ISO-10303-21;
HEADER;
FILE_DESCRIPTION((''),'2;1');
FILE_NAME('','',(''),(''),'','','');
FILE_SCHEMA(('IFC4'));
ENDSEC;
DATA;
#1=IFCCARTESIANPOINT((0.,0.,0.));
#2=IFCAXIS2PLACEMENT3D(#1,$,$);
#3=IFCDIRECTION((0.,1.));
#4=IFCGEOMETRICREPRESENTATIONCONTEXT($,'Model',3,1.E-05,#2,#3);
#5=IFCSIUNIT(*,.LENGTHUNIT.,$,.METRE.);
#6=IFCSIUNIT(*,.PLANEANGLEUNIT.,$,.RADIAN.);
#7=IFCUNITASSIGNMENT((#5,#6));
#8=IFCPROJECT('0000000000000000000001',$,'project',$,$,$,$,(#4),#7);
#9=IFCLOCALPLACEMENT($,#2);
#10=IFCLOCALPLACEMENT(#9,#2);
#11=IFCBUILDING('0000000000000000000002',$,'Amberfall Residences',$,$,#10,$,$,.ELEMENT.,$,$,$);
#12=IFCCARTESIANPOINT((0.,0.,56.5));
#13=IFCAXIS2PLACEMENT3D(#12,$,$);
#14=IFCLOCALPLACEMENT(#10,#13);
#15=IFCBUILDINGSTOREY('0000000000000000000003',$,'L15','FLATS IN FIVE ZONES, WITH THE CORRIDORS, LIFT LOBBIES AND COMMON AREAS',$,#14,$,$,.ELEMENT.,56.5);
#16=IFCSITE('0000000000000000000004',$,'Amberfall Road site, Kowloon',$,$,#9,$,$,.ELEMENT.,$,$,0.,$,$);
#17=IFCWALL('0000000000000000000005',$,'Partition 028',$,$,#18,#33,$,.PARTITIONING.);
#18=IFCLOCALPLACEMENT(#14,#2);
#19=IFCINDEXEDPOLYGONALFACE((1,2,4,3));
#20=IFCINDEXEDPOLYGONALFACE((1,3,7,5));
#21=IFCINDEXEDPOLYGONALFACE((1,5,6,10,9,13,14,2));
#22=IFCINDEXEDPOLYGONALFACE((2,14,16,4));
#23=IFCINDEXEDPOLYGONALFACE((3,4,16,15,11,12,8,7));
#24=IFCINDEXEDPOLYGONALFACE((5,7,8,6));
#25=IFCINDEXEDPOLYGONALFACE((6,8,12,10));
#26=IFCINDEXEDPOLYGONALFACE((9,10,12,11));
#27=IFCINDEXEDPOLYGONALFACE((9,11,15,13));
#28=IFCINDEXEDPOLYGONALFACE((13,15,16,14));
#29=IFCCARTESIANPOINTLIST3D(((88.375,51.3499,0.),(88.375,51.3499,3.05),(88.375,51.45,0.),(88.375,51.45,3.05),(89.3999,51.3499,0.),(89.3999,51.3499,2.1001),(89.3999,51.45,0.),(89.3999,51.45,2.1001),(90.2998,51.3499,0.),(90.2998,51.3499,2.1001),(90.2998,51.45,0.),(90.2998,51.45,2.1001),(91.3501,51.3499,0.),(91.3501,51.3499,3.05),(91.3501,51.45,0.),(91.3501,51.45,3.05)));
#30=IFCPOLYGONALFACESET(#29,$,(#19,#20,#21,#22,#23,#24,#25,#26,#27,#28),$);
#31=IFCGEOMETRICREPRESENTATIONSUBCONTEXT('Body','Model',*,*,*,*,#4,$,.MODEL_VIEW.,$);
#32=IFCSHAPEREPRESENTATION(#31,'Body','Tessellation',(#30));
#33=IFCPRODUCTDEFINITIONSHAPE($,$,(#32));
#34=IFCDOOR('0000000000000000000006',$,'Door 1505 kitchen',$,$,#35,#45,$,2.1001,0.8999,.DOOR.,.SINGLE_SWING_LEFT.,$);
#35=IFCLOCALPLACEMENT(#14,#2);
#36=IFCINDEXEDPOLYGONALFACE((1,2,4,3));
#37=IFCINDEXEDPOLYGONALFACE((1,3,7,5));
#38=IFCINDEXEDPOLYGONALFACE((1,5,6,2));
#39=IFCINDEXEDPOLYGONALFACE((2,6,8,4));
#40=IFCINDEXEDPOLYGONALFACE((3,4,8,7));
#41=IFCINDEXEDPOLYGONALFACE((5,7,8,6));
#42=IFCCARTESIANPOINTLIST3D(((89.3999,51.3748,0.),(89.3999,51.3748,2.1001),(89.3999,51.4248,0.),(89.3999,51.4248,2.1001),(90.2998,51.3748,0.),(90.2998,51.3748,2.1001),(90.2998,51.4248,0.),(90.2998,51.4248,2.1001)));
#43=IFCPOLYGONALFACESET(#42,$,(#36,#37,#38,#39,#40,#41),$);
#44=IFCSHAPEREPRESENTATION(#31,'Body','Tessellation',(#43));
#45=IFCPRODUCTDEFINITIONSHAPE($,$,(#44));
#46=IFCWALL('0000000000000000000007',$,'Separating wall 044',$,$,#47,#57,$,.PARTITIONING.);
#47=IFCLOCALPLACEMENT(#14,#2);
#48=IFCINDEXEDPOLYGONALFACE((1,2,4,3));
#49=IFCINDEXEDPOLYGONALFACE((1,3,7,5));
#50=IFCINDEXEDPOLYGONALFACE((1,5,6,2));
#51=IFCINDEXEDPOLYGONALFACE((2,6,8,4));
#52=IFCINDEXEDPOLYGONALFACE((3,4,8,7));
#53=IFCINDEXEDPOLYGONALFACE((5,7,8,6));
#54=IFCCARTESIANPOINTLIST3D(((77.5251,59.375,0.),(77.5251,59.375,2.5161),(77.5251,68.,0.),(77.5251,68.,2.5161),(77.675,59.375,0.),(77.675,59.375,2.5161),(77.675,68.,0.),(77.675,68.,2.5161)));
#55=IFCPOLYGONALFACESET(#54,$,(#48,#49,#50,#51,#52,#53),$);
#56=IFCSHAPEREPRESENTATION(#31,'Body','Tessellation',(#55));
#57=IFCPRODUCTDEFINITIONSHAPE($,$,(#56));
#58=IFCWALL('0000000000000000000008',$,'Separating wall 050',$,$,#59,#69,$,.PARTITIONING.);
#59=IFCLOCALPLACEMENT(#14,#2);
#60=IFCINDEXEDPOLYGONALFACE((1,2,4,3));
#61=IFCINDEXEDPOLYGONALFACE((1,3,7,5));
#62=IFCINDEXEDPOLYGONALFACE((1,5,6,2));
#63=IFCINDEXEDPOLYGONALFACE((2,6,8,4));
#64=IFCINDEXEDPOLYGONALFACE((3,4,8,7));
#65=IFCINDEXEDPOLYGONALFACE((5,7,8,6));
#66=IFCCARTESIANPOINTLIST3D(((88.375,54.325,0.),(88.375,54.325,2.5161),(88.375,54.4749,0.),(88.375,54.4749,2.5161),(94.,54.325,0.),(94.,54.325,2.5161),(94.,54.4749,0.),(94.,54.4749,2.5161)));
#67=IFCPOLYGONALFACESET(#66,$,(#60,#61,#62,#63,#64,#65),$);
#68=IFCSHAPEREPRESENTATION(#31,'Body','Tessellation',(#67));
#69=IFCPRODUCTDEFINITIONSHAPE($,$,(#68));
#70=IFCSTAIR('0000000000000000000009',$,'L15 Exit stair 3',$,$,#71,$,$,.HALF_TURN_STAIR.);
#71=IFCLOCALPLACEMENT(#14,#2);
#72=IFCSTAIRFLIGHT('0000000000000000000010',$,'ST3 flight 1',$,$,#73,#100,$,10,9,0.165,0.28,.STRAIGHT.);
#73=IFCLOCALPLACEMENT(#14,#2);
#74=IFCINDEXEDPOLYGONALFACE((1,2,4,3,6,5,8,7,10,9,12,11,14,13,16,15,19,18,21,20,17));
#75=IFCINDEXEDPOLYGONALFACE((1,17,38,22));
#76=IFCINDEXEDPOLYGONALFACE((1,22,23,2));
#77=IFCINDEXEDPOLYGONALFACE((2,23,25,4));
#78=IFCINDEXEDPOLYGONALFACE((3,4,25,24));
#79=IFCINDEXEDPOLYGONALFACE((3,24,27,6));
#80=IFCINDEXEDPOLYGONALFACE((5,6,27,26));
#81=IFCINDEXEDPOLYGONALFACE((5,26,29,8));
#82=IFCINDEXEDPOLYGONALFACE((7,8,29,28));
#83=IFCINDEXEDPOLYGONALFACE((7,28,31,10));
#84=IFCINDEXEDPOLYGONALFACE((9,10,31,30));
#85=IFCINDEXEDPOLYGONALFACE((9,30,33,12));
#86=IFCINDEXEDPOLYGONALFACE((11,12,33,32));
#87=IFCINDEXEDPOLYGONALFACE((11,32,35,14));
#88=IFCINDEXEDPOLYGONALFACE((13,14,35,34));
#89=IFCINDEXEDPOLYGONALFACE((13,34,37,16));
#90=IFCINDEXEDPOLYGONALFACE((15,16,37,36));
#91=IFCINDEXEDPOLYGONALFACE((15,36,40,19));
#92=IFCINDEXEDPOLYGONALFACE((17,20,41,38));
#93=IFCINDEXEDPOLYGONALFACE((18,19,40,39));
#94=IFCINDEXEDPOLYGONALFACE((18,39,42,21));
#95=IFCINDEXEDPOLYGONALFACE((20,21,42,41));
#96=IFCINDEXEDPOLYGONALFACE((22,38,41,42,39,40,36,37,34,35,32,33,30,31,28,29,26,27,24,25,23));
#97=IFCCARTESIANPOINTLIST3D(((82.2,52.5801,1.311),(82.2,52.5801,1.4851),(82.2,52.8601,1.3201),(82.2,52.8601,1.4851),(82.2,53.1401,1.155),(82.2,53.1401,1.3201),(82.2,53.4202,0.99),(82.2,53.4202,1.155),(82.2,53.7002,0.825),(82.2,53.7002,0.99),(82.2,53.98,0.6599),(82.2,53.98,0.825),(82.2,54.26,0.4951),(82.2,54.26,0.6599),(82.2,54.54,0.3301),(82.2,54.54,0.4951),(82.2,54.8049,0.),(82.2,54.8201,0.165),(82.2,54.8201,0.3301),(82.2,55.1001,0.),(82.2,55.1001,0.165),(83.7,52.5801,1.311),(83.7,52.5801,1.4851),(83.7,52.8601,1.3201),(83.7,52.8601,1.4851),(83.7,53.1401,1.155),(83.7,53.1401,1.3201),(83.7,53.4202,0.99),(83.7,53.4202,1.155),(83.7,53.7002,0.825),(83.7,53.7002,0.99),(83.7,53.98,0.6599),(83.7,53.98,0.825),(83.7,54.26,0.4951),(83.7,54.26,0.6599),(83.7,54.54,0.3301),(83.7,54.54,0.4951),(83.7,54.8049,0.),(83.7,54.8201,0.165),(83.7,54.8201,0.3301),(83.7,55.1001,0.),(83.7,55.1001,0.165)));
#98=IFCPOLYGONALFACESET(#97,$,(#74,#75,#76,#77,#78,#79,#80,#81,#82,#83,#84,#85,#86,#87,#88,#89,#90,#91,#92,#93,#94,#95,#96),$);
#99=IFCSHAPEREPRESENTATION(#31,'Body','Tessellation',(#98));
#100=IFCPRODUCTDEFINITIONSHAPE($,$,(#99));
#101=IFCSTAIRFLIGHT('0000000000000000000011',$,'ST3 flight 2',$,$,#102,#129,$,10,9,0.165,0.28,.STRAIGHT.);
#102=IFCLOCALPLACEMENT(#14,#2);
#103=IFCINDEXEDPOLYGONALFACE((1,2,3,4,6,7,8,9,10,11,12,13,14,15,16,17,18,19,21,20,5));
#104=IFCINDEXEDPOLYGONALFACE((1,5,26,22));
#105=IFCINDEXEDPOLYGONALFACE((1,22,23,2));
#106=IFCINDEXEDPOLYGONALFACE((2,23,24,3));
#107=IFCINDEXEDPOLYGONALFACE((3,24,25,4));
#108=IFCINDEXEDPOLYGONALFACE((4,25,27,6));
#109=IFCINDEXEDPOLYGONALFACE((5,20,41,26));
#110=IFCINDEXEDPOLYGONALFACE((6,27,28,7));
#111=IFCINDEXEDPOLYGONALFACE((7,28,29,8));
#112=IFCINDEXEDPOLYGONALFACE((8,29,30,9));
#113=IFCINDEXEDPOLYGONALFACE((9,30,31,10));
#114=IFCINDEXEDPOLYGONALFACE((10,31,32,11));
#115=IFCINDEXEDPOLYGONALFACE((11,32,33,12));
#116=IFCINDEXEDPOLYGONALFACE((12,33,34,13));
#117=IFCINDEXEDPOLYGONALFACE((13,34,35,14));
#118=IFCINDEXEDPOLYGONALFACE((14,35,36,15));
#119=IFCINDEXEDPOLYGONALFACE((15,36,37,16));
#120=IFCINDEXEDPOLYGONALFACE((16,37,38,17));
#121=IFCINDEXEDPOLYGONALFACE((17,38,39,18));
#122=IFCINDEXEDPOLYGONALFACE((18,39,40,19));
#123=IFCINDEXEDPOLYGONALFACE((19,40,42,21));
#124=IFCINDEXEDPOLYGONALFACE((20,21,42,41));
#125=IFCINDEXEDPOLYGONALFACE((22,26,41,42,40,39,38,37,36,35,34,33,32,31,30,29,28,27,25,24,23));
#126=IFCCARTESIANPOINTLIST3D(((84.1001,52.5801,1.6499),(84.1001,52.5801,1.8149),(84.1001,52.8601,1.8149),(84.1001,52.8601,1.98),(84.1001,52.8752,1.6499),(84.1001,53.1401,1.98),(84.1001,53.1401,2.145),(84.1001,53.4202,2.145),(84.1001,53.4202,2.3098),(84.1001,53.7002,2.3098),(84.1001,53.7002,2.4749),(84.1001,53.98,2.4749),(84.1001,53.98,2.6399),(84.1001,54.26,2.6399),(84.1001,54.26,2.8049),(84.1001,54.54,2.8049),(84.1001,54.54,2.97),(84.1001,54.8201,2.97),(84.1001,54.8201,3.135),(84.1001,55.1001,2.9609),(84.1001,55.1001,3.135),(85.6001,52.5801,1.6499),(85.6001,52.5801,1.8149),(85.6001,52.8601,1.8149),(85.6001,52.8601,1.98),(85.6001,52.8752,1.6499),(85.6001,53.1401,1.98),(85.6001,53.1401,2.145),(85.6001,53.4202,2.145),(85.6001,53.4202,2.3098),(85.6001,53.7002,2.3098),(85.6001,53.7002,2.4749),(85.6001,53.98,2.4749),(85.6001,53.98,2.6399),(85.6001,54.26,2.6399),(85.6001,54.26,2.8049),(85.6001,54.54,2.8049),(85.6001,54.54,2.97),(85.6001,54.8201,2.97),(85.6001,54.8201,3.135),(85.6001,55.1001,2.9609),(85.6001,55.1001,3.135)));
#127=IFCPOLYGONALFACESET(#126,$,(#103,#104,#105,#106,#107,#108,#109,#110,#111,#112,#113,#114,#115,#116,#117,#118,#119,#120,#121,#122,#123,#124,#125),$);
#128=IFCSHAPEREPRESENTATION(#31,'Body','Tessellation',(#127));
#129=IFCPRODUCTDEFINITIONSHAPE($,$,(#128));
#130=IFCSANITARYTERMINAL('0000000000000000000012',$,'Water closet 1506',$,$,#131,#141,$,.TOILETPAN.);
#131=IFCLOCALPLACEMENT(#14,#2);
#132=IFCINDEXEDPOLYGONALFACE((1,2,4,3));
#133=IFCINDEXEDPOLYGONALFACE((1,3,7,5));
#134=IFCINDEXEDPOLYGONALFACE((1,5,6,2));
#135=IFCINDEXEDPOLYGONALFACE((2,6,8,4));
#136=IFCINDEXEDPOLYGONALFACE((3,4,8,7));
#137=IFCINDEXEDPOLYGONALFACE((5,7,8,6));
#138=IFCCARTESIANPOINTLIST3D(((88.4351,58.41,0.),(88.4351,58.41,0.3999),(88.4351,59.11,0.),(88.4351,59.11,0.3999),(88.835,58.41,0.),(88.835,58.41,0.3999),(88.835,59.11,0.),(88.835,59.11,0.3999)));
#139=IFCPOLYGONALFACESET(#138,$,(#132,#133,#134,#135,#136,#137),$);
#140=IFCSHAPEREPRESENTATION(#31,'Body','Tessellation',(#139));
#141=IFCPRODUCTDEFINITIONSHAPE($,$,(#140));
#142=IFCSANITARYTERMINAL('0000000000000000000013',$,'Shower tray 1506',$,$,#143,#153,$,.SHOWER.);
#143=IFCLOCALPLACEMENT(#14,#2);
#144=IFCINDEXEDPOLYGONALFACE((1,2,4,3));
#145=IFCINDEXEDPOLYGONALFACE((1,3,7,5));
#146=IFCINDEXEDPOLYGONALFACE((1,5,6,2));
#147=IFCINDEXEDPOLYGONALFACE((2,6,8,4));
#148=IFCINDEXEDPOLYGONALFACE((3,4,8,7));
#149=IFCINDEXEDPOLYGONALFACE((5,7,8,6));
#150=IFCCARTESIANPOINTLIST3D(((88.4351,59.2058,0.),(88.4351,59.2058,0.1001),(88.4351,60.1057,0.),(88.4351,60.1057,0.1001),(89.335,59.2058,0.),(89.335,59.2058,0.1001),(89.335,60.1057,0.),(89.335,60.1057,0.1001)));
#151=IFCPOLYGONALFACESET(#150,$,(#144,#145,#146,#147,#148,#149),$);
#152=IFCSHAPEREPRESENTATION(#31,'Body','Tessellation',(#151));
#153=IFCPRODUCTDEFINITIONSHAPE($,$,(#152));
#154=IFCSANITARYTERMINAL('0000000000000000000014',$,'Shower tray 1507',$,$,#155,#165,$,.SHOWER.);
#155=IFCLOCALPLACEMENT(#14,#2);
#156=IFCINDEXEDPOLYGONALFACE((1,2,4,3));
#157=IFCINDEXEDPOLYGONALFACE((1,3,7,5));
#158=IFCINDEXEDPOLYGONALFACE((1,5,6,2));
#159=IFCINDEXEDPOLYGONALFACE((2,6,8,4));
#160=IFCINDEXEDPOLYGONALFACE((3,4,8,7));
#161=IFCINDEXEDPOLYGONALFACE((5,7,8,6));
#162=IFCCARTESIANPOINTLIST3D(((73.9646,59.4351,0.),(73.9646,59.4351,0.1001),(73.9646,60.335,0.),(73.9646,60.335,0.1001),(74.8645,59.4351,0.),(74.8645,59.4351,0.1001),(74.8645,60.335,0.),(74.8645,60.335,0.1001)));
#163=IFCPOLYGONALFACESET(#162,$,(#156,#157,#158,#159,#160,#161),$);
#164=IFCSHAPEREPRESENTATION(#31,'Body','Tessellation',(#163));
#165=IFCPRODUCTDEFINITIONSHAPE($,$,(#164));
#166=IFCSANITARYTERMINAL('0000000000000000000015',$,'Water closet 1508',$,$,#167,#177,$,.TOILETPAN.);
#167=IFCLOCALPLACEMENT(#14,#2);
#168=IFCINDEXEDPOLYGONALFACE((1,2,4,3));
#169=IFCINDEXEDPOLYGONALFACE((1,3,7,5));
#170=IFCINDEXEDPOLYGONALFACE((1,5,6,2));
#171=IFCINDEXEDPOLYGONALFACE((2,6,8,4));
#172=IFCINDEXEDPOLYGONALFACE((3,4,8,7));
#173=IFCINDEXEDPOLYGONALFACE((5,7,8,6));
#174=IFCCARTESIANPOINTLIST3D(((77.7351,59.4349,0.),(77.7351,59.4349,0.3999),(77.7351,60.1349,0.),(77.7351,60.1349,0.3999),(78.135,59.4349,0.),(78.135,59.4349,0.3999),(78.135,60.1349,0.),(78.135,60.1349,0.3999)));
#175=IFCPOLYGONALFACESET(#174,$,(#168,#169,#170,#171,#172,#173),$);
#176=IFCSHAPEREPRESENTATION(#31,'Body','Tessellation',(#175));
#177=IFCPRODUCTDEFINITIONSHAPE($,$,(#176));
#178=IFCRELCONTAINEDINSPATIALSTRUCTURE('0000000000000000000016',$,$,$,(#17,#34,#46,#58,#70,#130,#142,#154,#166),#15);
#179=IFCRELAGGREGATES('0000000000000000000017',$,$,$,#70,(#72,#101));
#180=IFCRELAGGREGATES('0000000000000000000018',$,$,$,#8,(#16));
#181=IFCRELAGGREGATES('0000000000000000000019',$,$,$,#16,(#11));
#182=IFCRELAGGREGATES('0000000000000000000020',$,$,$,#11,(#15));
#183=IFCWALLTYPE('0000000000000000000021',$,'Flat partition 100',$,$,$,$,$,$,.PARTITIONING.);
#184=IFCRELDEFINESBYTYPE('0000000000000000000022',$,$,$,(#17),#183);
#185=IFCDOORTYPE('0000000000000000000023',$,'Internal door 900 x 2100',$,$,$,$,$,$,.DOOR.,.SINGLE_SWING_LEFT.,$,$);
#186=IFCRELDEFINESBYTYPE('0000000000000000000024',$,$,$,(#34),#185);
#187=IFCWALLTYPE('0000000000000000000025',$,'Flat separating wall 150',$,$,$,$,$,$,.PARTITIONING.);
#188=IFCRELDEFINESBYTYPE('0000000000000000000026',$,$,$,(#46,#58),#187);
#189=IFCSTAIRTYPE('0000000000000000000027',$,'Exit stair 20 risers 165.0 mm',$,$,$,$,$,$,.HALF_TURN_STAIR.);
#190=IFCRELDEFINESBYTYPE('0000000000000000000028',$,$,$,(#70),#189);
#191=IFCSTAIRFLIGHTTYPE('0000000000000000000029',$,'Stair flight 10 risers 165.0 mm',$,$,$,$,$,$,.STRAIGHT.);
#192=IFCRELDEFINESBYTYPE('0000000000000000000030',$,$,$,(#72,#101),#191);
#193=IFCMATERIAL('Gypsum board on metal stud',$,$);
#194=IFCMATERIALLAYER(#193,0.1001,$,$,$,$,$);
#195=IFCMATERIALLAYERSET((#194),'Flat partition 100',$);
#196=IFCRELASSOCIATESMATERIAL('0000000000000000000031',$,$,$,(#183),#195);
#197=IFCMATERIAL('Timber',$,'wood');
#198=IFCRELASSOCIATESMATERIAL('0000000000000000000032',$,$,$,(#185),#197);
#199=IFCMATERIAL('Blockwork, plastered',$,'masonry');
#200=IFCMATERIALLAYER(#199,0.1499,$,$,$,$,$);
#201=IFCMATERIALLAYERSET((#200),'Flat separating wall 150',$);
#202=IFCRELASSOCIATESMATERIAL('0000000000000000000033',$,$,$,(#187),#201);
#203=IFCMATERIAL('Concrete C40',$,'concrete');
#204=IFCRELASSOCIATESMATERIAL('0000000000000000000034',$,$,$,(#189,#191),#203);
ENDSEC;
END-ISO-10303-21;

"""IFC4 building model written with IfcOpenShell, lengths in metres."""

from ifc_helpers import new_model, si_unit, direction, frame, frame_2d, origin, origin_2d, place, context, subcontext, project, spatial, polyline, rectangle, outline, extrude, material, layer, layer_set, type_object, element, fill, aggregate, save


model = new_model("IFC4")

# Units and contexts
model_context = context("Model", 3, precision=1e-05, world=origin(), true_north=direction((0.0, 1.0)))
body_context = subcontext(model_context, "Body", "Model", "MODEL_VIEW")
ifc_project = project(units=[si_unit("LENGTHUNIT", "METRE"), si_unit("PLANEANGLEUNIT", "RADIAN")], contexts=[model_context])

# Site, building, storey
site_placement = place(None, origin())
site = spatial("IfcSite", under=ifc_project, at=site_placement, Name="Amberfall Road site, Kowloon", CompositionType="ELEMENT", RefElevation=0.0)
building_placement = place(site_placement, origin())
building = spatial("IfcBuilding", under=site, at=building_placement, Name="Amberfall Residences", CompositionType="ELEMENT")
storey_placement = place(building_placement, frame((0.0, 0.0, 56.5)))
storey = spatial("IfcBuildingStorey", under=building, at=storey_placement, Name="L15", Description="FLATS IN FIVE ZONES, WITH THE CORRIDORS, LIFT LOBBIES AND COMMON AREAS", CompositionType="ELEMENT", Elevation=56.5)

# Shared definitions
ifc_material_1 = material(Name="Gypsum board on metal stud")
ifc_layer_1 = layer(ifc_material_1, 0.1001)
ifc_layer_set_1 = layer_set([ifc_layer_1], Name="Flat partition 100")
wall_type_1 = type_object("IfcWallType", Name="Flat partition 100", PredefinedType="PARTITIONING", material=ifc_layer_set_1)

# Shared definitions
ifc_material_2 = material(Name="Timber", Category="wood")
door_type_1 = type_object("IfcDoorType", Name="Internal door 900 x 2100", OperationType="SINGLE_SWING_LEFT", PredefinedType="DOOR", material=ifc_material_2)

# Wall, opening, door
wall_1_placement = place(storey_placement, frame((88.375, 51.3999, 0.0), z_axis=(0.0, 0.0, 1.0), x_axis=(1.0, 0.0, 0.0)))
wall_1 = element("IfcWall", 1, at=wall_1_placement, inside=storey, type_object=wall_type_1, Name="Partition 028", PredefinedType="PARTITIONING", context=body_context, shape_type="SweptSolid", body=[
    extrude(rectangle(XDim=2.9751, YDim=0.1001, at=frame_2d((1.4875, 0.0))), origin(), (0.0, 0.0, 1.0), 3.05),
])
opening_1_placement = place(wall_1_placement, frame((1.0249, 0.0, 0.0)))
opening_1 = element("IfcOpeningElement", 2, at=opening_1_placement, cuts=wall_1, PredefinedType="OPENING", context=body_context, shape_type="SweptSolid", body=[
    extrude(rectangle(XDim=0.8999, YDim=2.1001, at=frame_2d((0.45, 1.05))), frame((0.0, 0.0601, 0.0), z_axis=(0.0, -1.0, 0.0), x_axis=(1.0, 0.0, 0.0)), (0.0, 0.0, 1.0), 0.1201),
])
door_1_placement = place(opening_1_placement, origin())
door_1 = element("IfcDoor", 3, at=door_1_placement, inside=storey, type_object=door_type_1, Name="Door 1505 kitchen", OperationType="SINGLE_SWING_LEFT", OverallHeight=2.1001, OverallWidth=0.8999, PredefinedType="DOOR", context=body_context, shape_type="SweptSolid", body=[
    extrude(rectangle(XDim=0.8999, YDim=2.1001, at=frame_2d((0.45, 1.05))), frame((0.0, 0.0249, 0.0), z_axis=(0.0, -1.0, 0.0), x_axis=(1.0, 0.0, 0.0)), (0.0, 0.0, 1.0), 0.05),
])
fill(opening_1, door_1)

# Walls
ifc_material_3 = material(Name="Blockwork, plastered", Category="masonry")
ifc_layer_2 = layer(ifc_material_3, 0.1499)
ifc_layer_set_2 = layer_set([ifc_layer_2], Name="Flat separating wall 150")
wall_type_2 = type_object("IfcWallType", Name="Flat separating wall 150", PredefinedType="PARTITIONING", material=ifc_layer_set_2)
wall_2_placement = place(storey_placement, frame((77.6001, 59.375, 0.0), z_axis=(0.0, 0.0, 1.0), x_axis=(0.0, 1.0, 0.0)))
element("IfcWall", 4, at=wall_2_placement, inside=storey, type_object=wall_type_2, Name="Separating wall 044", PredefinedType="PARTITIONING", context=body_context, shape_type="SweptSolid", body=[
    extrude(rectangle(XDim=8.625, YDim=0.1499, at=frame_2d((4.3125, 0.0))), origin(), (0.0, 0.0, 1.0), 2.5161),
])
wall_3_placement = place(storey_placement, frame((88.375, 54.3999, 0.0), z_axis=(0.0, 0.0, 1.0), x_axis=(1.0, 0.0, 0.0)))
element("IfcWall", 5, at=wall_3_placement, inside=storey, type_object=wall_type_2, Name="Separating wall 050", PredefinedType="PARTITIONING", context=body_context, shape_type="SweptSolid", body=[
    extrude(rectangle(XDim=5.625, YDim=0.1499, at=frame_2d((2.8125, 0.0))), origin(), (0.0, 0.0, 1.0), 2.5161),
])

# Stair, stair flights
ifc_material_4 = material(Name="Concrete C40", Category="concrete")
stair_type = type_object("IfcStairType", Name="Exit stair 20 risers 165.0 mm", PredefinedType="HALF_TURN_STAIR", material=ifc_material_4)
stair_placement = place(storey_placement, origin())
stair = element("IfcStair", 6, at=stair_placement, inside=storey, type_object=stair_type, Name="L15 Exit stair 3", PredefinedType="HALF_TURN_STAIR")
stair_flight_type = type_object("IfcStairFlightType", Name="Stair flight 10 risers 165.0 mm", PredefinedType="STRAIGHT", material=ifc_material_4)
stair_flight_1_placement = place(storey_placement, frame((82.95, 55.1001, 0.0), z_axis=(0.0, 0.0, 1.0), x_axis=(0.0, -1.0, 0.0)))
stair_flight_1 = element("IfcStairFlight", 7, at=stair_flight_1_placement, type_object=stair_flight_type, Name="ST3 flight 1", NumberOfRisers=10, NumberOfTreads=9, PredefinedType="STRAIGHT", RiserHeight=0.165, TreadLength=0.28, context=body_context, shape_type="SweptSolid", body=[
    extrude(outline(polyline([(0.0, 0.0), (0.0, 0.165), (0.28, 0.165), (0.28, 0.3301), (0.5601, 0.3301), (0.5601, 0.4951), (0.8401, 0.4951), (0.8401, 0.6599), (1.1201, 0.6599), (1.1201, 0.825), (1.3999, 0.825), (1.3999, 0.99), (1.6799, 0.99), (1.6799, 1.155), (1.96, 1.155), (1.96, 1.3201), (2.24, 1.3201), (2.24, 1.4851), (2.52, 1.4851), (2.52, 1.6499), (2.52, 1.311), (0.2952, 0.0), (0.0, 0.0)])), frame((0.0, 0.75, 0.0), z_axis=(0.0, -1.0, 0.0), x_axis=(1.0, 0.0, 0.0)), (0.0, 0.0, 1.0), 1.5),
])
stair_flight_2_placement = place(storey_placement, frame((84.8501, 52.5801, 1.6499), z_axis=(0.0, 0.0, 1.0), x_axis=(0.0, 1.0, 0.0)))
stair_flight_2 = element("IfcStairFlight", 8, at=stair_flight_2_placement, type_object=stair_flight_type, Name="ST3 flight 2", NumberOfRisers=10, NumberOfTreads=9, PredefinedType="STRAIGHT", RiserHeight=0.165, TreadLength=0.28, context=body_context, shape_type="SweptSolid", body=[
    extrude(outline(polyline([(0.0, 0.0), (0.0, 0.165), (0.28, 0.165), (0.28, 0.3301), (0.5601, 0.3301), (0.5601, 0.4951), (0.8401, 0.4951), (0.8401, 0.6599), (1.1201, 0.6599), (1.1201, 0.825), (1.3999, 0.825), (1.3999, 0.99), (1.6799, 0.99), (1.6799, 1.155), (1.96, 1.155), (1.96, 1.3201), (2.24, 1.3201), (2.24, 1.4851), (2.52, 1.4851), (2.52, 1.6499), (2.52, 1.311), (0.2952, 0.0), (0.0, 0.0)])), frame((0.0, 0.75, 0.0), z_axis=(0.0, -1.0, 0.0), x_axis=(1.0, 0.0, 0.0)), (0.0, 0.0, 1.0), 1.5),
])
aggregate(stair, [stair_flight_1, stair_flight_2])

# Sanitary terminals
sanitary_terminal_1_placement = place(storey_placement, frame((88.635, 58.76, 0.0), z_axis=(0.0, 0.0, 1.0), x_axis=(1.0, 0.0, 0.0)))
element("IfcSanitaryTerminal", 9, at=sanitary_terminal_1_placement, inside=storey, Name="Water closet 1506", PredefinedType="TOILETPAN", context=body_context, shape_type="SweptSolid", body=[
    extrude(rectangle(XDim=0.3999, YDim=0.7, at=origin_2d()), origin(), (0.0, 0.0, 1.0), 0.3999),
])
for number, where, z_axis, x_axis, name in (
    (10, (88.885, 59.6558, 0.0), (0.0, 0.0, 1.0), (1.0, 0.0, 0.0), "Shower tray 1506"),
    (11, (74.4146, 59.885, 0.0), (0.0, 0.0, 1.0), (1.0, 0.0, 0.0), "Shower tray 1507"),
):
    element("IfcSanitaryTerminal", number, at=place(storey_placement, frame(where, z_axis=z_axis, x_axis=x_axis)), inside=storey, Name=name, PredefinedType="SHOWER", context=body_context, shape_type="SweptSolid", body=[
        extrude(rectangle(XDim=0.8999, YDim=0.8999, at=origin_2d()), origin(), (0.0, 0.0, 1.0), 0.1001),
    ])
sanitary_terminal_2_placement = place(storey_placement, frame((77.9351, 59.7849, 0.0), z_axis=(0.0, 0.0, 1.0), x_axis=(1.0, 0.0, 0.0)))
element("IfcSanitaryTerminal", 12, at=sanitary_terminal_2_placement, inside=storey, Name="Water closet 1508", PredefinedType="TOILETPAN", context=body_context, shape_type="SweptSolid", body=[
    extrude(rectangle(XDim=0.3999, YDim=0.7, at=origin_2d()), origin(), (0.0, 0.0, 1.0), 0.3999),
])

save(model, "model.ifc")
